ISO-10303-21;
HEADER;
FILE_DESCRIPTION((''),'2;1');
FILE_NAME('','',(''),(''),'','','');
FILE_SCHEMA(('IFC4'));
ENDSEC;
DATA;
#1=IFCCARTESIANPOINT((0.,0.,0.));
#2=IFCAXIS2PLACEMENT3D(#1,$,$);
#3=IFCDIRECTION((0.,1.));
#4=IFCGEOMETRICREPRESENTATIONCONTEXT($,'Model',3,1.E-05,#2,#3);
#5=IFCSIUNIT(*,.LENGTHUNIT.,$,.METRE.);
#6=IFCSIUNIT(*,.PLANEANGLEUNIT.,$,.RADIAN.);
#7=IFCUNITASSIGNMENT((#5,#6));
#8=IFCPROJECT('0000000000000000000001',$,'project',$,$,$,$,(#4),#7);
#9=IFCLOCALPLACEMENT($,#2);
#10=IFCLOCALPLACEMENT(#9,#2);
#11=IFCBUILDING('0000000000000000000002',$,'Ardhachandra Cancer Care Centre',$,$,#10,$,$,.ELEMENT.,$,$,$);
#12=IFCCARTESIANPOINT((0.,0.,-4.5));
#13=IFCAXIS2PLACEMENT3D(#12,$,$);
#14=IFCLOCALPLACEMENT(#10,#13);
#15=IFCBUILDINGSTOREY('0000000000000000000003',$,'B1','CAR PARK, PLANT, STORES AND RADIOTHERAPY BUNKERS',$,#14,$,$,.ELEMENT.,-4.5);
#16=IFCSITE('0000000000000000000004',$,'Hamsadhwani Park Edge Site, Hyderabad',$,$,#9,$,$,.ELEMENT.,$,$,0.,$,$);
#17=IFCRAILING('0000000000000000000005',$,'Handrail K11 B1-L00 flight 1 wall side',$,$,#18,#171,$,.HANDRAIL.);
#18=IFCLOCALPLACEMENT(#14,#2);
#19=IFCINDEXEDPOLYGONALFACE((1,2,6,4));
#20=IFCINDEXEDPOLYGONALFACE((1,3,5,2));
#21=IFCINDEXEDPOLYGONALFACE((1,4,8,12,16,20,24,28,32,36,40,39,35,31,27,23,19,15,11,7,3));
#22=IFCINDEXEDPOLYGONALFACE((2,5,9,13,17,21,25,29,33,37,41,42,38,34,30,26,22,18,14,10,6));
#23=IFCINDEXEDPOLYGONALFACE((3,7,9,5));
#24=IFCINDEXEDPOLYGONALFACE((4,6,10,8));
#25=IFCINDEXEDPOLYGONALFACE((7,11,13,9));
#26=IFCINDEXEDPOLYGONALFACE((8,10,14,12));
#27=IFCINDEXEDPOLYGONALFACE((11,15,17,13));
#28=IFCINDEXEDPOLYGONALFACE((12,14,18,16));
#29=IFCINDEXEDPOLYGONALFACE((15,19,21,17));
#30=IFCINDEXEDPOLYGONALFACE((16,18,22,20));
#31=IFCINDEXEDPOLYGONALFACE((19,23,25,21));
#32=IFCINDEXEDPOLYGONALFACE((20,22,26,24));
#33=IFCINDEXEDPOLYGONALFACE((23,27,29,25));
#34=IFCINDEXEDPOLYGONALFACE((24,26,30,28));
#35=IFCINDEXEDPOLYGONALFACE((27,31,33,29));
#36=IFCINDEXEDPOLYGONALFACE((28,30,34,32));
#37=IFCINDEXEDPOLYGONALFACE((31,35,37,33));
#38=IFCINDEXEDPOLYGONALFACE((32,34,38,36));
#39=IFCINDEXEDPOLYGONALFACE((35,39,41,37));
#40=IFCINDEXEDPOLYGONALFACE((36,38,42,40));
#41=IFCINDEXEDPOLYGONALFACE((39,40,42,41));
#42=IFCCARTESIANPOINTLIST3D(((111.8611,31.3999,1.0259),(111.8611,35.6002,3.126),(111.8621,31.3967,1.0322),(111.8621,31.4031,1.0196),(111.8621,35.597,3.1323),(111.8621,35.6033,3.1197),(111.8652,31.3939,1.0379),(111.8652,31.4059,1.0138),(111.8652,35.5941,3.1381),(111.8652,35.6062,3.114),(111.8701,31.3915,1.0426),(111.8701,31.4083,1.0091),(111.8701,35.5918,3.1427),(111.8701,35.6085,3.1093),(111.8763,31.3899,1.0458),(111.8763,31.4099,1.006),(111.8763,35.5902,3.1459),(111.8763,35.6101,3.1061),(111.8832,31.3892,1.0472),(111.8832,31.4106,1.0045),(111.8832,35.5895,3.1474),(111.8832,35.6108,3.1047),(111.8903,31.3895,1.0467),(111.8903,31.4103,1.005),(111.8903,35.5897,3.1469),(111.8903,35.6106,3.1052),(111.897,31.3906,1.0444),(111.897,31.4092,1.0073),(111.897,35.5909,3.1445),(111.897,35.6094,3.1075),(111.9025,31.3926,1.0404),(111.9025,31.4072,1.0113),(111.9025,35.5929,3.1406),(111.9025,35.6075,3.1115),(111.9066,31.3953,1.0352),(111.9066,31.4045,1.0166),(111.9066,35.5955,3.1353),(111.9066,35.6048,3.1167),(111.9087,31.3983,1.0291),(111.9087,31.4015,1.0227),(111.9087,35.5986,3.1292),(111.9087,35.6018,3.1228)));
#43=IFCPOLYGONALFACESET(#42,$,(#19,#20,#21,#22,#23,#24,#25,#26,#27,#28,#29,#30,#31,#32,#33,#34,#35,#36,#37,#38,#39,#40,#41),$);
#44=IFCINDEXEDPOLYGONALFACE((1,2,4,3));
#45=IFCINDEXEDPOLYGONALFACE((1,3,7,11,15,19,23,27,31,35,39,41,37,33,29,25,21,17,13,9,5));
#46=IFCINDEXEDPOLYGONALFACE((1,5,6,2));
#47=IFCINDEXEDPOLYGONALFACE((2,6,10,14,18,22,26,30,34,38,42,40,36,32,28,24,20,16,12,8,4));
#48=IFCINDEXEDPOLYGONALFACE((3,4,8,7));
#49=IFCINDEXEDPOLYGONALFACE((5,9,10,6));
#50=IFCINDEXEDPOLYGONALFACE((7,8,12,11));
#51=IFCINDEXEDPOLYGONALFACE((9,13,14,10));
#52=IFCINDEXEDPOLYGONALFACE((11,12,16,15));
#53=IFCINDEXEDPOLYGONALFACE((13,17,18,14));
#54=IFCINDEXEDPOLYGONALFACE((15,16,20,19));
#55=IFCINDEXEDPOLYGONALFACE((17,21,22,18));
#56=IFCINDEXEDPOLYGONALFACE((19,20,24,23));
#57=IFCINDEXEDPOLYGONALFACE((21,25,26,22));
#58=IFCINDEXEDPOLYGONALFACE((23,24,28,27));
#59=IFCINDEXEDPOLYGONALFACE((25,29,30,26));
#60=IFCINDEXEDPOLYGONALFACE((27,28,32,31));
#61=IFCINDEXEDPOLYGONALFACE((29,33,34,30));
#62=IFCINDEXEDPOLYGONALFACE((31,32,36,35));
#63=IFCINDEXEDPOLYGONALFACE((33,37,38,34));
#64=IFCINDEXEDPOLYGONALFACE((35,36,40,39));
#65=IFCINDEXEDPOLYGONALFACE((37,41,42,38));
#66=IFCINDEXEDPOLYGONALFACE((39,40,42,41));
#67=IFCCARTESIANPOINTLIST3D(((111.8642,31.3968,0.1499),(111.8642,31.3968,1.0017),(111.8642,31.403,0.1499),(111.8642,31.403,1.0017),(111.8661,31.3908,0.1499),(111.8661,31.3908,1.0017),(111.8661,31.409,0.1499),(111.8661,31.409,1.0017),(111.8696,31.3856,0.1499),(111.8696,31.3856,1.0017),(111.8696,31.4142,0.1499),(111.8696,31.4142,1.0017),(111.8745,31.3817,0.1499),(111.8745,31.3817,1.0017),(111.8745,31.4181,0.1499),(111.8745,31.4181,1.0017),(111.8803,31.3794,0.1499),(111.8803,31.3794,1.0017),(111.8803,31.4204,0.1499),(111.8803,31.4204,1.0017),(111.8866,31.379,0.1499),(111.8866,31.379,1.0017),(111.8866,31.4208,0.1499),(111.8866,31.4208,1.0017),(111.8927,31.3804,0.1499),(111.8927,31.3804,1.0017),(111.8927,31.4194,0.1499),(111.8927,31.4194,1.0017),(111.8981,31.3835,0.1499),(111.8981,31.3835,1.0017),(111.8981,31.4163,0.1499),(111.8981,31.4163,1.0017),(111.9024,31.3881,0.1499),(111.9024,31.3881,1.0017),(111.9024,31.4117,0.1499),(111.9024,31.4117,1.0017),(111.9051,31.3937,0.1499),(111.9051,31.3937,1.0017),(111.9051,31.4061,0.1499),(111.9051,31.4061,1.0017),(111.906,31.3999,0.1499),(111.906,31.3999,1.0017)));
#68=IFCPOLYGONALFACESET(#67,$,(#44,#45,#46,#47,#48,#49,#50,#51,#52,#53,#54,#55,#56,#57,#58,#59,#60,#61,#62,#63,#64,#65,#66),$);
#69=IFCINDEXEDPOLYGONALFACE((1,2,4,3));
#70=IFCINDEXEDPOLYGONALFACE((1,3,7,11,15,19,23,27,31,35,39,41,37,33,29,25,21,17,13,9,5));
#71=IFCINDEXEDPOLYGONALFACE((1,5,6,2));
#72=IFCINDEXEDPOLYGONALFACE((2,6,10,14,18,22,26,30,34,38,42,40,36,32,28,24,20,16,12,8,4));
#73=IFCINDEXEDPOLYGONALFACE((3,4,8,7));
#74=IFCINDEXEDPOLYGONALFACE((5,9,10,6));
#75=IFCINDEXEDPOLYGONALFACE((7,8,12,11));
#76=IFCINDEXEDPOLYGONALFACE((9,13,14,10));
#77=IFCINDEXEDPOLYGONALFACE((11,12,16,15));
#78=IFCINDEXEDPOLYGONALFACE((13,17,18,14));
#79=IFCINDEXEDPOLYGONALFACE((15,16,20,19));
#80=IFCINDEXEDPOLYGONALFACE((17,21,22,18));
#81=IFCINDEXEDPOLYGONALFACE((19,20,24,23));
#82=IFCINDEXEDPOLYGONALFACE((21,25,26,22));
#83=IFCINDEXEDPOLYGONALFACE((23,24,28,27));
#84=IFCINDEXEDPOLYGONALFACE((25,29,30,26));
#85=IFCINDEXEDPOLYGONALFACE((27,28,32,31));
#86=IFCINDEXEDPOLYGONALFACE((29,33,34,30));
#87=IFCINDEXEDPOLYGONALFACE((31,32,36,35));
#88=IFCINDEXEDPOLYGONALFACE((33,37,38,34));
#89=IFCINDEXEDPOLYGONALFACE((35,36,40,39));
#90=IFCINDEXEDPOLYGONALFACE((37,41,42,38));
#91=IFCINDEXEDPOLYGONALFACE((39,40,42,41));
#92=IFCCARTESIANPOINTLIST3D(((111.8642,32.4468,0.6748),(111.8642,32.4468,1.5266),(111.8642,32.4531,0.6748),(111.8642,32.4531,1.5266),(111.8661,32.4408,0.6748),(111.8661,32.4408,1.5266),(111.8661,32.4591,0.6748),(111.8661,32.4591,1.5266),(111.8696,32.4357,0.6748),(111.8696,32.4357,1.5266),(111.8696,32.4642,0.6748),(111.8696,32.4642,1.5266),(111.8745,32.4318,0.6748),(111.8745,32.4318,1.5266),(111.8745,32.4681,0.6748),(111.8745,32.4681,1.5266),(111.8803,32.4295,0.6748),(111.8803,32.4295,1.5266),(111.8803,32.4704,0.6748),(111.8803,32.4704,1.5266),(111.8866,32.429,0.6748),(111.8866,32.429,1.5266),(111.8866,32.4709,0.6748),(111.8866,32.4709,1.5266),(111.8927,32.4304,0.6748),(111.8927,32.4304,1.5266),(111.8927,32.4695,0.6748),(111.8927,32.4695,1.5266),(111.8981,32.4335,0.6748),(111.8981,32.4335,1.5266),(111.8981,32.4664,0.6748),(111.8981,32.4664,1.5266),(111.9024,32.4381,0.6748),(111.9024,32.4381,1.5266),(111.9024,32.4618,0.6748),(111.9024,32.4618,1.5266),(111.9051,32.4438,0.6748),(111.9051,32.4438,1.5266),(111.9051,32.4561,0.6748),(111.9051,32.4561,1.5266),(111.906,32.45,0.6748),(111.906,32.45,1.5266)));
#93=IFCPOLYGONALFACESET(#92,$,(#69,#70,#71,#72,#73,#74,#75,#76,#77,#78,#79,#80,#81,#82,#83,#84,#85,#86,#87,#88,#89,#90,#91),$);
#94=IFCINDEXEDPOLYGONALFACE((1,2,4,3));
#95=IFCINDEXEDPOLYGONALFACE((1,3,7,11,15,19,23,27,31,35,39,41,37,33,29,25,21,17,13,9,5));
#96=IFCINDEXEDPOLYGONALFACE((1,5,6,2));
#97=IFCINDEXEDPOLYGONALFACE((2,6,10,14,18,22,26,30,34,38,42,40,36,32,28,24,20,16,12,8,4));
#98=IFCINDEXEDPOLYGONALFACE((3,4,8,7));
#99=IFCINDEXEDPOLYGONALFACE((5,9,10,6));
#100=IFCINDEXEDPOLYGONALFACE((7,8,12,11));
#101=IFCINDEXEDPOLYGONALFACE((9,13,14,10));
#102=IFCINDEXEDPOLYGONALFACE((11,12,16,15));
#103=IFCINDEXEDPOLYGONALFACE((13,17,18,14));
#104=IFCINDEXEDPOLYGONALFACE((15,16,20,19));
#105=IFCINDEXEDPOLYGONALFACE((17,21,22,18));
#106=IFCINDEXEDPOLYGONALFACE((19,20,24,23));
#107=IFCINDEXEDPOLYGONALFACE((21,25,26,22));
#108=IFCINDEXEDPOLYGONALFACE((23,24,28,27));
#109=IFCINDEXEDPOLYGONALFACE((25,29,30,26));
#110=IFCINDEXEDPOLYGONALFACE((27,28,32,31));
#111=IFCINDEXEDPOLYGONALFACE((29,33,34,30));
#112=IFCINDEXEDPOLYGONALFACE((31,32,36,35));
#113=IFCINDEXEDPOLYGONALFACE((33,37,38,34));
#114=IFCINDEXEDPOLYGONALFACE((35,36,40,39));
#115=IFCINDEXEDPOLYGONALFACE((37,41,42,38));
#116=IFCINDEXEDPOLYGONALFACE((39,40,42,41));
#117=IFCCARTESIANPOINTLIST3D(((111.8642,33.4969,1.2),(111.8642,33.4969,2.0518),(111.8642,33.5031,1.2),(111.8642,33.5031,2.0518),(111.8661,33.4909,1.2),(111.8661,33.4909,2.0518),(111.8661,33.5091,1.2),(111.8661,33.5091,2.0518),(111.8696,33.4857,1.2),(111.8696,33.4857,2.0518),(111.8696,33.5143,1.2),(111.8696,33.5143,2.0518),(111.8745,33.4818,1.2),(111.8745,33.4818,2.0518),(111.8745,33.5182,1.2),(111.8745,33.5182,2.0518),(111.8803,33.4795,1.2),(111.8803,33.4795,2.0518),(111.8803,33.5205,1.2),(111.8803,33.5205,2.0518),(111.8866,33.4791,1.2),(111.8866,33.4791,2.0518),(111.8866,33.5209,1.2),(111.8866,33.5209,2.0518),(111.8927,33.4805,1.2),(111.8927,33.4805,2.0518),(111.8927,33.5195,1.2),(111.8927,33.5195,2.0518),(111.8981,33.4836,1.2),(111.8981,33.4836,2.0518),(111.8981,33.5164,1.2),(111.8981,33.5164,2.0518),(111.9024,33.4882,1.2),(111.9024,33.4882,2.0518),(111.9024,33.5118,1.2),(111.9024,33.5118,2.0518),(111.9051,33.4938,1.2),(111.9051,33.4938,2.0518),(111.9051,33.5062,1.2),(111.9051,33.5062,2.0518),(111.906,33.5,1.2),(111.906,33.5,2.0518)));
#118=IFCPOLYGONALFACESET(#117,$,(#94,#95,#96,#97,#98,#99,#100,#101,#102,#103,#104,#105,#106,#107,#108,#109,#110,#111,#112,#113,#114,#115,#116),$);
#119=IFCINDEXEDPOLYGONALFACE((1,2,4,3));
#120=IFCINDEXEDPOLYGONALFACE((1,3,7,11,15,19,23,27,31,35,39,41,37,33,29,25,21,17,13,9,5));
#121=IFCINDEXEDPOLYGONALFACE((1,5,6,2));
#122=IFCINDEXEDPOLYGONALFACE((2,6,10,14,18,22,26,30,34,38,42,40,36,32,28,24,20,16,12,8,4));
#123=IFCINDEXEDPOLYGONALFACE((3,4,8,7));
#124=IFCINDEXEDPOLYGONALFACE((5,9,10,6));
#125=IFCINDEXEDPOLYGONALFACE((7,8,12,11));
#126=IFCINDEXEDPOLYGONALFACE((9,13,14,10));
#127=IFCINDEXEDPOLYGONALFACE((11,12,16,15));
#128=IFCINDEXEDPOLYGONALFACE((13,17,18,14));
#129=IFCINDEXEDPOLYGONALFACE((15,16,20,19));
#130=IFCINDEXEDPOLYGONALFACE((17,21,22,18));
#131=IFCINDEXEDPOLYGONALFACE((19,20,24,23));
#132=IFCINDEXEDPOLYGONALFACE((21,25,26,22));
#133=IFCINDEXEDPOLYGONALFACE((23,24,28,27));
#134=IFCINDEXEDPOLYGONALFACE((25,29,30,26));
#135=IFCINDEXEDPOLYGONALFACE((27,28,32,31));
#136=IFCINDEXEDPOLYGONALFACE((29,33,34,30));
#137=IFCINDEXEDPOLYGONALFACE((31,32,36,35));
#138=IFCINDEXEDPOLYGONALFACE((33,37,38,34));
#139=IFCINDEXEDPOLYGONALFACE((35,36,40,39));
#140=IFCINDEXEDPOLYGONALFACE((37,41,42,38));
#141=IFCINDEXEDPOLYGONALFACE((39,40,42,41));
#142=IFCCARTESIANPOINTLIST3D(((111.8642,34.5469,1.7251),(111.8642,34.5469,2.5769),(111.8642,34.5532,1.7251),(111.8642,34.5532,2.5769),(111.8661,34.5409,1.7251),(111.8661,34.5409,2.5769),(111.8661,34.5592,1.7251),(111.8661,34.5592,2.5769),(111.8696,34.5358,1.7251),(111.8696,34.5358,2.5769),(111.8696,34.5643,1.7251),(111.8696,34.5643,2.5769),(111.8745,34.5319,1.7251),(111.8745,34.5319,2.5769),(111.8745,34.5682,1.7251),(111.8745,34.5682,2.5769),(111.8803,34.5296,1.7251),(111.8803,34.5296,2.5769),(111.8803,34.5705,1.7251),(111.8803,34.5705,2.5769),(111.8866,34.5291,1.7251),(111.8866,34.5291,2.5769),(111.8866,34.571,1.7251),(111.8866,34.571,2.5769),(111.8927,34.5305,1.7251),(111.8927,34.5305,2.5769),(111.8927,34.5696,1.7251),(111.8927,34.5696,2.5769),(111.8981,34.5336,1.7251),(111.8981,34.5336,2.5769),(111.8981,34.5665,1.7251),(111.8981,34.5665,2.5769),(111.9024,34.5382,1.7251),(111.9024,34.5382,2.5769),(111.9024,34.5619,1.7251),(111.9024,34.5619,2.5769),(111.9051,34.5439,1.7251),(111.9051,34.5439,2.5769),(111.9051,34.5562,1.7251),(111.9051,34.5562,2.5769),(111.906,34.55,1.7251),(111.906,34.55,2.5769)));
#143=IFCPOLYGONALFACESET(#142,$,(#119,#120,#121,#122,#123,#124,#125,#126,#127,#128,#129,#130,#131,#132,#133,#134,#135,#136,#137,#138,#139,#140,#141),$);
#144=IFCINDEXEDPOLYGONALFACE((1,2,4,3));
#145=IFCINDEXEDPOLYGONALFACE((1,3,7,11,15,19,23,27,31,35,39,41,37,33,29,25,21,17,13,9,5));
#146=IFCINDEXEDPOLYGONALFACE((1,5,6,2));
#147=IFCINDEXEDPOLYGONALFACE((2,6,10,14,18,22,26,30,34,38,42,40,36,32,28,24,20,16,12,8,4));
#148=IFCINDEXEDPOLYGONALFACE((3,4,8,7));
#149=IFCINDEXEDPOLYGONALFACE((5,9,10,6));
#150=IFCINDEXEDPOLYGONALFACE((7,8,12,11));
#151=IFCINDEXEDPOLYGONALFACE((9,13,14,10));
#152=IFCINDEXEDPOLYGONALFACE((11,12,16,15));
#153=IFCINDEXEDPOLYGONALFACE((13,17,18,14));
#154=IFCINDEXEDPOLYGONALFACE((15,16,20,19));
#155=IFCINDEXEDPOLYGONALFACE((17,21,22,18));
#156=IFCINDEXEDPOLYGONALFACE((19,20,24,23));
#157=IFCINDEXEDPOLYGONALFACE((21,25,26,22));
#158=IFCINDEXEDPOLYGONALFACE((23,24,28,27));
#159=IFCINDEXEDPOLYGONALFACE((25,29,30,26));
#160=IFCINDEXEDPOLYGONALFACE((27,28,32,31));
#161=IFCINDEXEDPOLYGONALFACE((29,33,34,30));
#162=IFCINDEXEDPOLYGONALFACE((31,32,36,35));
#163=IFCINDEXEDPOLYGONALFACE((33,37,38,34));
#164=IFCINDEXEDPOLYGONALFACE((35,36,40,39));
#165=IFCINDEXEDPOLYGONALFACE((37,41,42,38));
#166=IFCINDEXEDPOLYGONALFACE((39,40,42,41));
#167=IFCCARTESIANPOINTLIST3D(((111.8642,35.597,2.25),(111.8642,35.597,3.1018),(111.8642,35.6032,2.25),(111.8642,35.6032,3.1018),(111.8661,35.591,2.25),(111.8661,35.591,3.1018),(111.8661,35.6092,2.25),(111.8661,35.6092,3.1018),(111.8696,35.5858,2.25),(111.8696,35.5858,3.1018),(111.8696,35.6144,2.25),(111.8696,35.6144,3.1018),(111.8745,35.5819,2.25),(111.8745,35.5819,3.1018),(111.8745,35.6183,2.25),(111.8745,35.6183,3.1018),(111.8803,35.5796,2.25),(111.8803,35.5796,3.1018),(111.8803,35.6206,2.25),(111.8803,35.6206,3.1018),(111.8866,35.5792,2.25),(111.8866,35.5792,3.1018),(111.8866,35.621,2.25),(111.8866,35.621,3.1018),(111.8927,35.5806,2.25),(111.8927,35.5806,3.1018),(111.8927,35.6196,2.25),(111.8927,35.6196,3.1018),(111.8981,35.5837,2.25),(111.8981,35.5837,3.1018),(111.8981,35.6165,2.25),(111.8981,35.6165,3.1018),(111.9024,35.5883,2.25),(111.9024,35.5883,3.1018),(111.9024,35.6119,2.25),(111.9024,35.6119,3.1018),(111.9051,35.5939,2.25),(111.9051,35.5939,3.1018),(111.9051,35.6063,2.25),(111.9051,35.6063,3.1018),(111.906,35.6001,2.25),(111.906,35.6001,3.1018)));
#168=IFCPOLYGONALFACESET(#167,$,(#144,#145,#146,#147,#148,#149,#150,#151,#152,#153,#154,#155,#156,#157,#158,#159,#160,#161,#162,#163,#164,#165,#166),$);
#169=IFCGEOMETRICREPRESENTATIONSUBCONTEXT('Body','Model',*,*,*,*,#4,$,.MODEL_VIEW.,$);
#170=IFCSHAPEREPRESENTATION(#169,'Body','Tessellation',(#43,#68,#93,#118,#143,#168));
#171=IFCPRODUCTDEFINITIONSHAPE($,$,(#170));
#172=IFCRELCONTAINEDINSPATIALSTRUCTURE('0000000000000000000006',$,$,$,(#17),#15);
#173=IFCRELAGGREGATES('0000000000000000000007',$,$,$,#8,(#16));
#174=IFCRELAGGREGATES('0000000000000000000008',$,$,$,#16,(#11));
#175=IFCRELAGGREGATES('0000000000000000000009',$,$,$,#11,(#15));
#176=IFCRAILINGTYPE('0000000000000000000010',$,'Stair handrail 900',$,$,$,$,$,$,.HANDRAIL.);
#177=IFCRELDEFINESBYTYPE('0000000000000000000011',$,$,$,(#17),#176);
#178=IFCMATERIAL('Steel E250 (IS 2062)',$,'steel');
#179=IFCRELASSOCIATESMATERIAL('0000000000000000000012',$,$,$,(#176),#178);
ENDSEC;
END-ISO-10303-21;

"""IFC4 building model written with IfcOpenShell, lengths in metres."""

from ifc_helpers import new_model, si_unit, direction, frame, origin, origin_2d, place, context, subcontext, project, spatial, circle, extrude, material, type_object, element, save


model = new_model("IFC4")

# Units and contexts
model_context = context("Model", 3, precision=1e-05, world=origin(), true_north=direction((0.0, 1.0)))
body_context = subcontext(model_context, "Body", "Model", "MODEL_VIEW")
ifc_project = project(units=[si_unit("LENGTHUNIT", "METRE"), si_unit("PLANEANGLEUNIT", "RADIAN")], contexts=[model_context])

# Site, building, storey
site_placement = place(None, origin())
site = spatial("IfcSite", under=ifc_project, at=site_placement, Name="Hamsadhwani Park Edge Site, Hyderabad", CompositionType="ELEMENT", RefElevation=0.0)
building_placement = place(site_placement, origin())
building = spatial("IfcBuilding", under=site, at=building_placement, Name="Ardhachandra Cancer Care Centre", CompositionType="ELEMENT")
storey_placement = place(building_placement, frame((0.0, 0.0, -4.5)))
storey = spatial("IfcBuildingStorey", under=building, at=storey_placement, Name="B1", Description="CAR PARK, PLANT, STORES AND RADIOTHERAPY BUNKERS", CompositionType="ELEMENT", Elevation=-4.5)

# Railing
ifc_material_1 = material(Name="Steel E250 (IS 2062)", Category="steel")
railing_type = type_object("IfcRailingType", Name="Stair handrail 900", PredefinedType="HANDRAIL", material=ifc_material_1)
for number, where, name in (
    (1, (111.885, 31.3999, 0.1499), "Handrail K11 B1-L00 flight 1 wall side"),
):
    element("IfcRailing", number, at=place(storey_placement, frame(where)), inside=storey, type_object=railing_type, Name=name, PredefinedType="HANDRAIL", context=body_context, shape_type="SweptSolid", body=[
        extrude(circle(Radius=0.0239, at=origin_2d()), frame((0.0, 0.0, 0.876), z_axis=(0.0, 0.894427, 0.447214), x_axis=(-1.0, 0.0, 0.0)), (0.0, 0.0, 1.0), 4.696),
        extrude(circle(Radius=0.021, at=origin_2d()), origin(), (0.0, 0.0, 1.0), 0.8518),
        extrude(circle(Radius=0.021, at=origin_2d()), frame((0.0, 1.05, 0.5249)), (0.0, 0.0, 1.0), 0.8518),
        extrude(circle(Radius=0.021, at=origin_2d()), frame((0.0, 2.1001, 1.05)), (0.0, 0.0, 1.0), 0.8518),
        extrude(circle(Radius=0.021, at=origin_2d()), frame((0.0, 3.1501, 1.5752)), (0.0, 0.0, 1.0), 0.8518),
        extrude(circle(Radius=0.021, at=origin_2d()), frame((0.0, 4.2002, 2.1001)), (0.0, 0.0, 1.0), 0.8518),
    ])

save(model, "model.ifc")
